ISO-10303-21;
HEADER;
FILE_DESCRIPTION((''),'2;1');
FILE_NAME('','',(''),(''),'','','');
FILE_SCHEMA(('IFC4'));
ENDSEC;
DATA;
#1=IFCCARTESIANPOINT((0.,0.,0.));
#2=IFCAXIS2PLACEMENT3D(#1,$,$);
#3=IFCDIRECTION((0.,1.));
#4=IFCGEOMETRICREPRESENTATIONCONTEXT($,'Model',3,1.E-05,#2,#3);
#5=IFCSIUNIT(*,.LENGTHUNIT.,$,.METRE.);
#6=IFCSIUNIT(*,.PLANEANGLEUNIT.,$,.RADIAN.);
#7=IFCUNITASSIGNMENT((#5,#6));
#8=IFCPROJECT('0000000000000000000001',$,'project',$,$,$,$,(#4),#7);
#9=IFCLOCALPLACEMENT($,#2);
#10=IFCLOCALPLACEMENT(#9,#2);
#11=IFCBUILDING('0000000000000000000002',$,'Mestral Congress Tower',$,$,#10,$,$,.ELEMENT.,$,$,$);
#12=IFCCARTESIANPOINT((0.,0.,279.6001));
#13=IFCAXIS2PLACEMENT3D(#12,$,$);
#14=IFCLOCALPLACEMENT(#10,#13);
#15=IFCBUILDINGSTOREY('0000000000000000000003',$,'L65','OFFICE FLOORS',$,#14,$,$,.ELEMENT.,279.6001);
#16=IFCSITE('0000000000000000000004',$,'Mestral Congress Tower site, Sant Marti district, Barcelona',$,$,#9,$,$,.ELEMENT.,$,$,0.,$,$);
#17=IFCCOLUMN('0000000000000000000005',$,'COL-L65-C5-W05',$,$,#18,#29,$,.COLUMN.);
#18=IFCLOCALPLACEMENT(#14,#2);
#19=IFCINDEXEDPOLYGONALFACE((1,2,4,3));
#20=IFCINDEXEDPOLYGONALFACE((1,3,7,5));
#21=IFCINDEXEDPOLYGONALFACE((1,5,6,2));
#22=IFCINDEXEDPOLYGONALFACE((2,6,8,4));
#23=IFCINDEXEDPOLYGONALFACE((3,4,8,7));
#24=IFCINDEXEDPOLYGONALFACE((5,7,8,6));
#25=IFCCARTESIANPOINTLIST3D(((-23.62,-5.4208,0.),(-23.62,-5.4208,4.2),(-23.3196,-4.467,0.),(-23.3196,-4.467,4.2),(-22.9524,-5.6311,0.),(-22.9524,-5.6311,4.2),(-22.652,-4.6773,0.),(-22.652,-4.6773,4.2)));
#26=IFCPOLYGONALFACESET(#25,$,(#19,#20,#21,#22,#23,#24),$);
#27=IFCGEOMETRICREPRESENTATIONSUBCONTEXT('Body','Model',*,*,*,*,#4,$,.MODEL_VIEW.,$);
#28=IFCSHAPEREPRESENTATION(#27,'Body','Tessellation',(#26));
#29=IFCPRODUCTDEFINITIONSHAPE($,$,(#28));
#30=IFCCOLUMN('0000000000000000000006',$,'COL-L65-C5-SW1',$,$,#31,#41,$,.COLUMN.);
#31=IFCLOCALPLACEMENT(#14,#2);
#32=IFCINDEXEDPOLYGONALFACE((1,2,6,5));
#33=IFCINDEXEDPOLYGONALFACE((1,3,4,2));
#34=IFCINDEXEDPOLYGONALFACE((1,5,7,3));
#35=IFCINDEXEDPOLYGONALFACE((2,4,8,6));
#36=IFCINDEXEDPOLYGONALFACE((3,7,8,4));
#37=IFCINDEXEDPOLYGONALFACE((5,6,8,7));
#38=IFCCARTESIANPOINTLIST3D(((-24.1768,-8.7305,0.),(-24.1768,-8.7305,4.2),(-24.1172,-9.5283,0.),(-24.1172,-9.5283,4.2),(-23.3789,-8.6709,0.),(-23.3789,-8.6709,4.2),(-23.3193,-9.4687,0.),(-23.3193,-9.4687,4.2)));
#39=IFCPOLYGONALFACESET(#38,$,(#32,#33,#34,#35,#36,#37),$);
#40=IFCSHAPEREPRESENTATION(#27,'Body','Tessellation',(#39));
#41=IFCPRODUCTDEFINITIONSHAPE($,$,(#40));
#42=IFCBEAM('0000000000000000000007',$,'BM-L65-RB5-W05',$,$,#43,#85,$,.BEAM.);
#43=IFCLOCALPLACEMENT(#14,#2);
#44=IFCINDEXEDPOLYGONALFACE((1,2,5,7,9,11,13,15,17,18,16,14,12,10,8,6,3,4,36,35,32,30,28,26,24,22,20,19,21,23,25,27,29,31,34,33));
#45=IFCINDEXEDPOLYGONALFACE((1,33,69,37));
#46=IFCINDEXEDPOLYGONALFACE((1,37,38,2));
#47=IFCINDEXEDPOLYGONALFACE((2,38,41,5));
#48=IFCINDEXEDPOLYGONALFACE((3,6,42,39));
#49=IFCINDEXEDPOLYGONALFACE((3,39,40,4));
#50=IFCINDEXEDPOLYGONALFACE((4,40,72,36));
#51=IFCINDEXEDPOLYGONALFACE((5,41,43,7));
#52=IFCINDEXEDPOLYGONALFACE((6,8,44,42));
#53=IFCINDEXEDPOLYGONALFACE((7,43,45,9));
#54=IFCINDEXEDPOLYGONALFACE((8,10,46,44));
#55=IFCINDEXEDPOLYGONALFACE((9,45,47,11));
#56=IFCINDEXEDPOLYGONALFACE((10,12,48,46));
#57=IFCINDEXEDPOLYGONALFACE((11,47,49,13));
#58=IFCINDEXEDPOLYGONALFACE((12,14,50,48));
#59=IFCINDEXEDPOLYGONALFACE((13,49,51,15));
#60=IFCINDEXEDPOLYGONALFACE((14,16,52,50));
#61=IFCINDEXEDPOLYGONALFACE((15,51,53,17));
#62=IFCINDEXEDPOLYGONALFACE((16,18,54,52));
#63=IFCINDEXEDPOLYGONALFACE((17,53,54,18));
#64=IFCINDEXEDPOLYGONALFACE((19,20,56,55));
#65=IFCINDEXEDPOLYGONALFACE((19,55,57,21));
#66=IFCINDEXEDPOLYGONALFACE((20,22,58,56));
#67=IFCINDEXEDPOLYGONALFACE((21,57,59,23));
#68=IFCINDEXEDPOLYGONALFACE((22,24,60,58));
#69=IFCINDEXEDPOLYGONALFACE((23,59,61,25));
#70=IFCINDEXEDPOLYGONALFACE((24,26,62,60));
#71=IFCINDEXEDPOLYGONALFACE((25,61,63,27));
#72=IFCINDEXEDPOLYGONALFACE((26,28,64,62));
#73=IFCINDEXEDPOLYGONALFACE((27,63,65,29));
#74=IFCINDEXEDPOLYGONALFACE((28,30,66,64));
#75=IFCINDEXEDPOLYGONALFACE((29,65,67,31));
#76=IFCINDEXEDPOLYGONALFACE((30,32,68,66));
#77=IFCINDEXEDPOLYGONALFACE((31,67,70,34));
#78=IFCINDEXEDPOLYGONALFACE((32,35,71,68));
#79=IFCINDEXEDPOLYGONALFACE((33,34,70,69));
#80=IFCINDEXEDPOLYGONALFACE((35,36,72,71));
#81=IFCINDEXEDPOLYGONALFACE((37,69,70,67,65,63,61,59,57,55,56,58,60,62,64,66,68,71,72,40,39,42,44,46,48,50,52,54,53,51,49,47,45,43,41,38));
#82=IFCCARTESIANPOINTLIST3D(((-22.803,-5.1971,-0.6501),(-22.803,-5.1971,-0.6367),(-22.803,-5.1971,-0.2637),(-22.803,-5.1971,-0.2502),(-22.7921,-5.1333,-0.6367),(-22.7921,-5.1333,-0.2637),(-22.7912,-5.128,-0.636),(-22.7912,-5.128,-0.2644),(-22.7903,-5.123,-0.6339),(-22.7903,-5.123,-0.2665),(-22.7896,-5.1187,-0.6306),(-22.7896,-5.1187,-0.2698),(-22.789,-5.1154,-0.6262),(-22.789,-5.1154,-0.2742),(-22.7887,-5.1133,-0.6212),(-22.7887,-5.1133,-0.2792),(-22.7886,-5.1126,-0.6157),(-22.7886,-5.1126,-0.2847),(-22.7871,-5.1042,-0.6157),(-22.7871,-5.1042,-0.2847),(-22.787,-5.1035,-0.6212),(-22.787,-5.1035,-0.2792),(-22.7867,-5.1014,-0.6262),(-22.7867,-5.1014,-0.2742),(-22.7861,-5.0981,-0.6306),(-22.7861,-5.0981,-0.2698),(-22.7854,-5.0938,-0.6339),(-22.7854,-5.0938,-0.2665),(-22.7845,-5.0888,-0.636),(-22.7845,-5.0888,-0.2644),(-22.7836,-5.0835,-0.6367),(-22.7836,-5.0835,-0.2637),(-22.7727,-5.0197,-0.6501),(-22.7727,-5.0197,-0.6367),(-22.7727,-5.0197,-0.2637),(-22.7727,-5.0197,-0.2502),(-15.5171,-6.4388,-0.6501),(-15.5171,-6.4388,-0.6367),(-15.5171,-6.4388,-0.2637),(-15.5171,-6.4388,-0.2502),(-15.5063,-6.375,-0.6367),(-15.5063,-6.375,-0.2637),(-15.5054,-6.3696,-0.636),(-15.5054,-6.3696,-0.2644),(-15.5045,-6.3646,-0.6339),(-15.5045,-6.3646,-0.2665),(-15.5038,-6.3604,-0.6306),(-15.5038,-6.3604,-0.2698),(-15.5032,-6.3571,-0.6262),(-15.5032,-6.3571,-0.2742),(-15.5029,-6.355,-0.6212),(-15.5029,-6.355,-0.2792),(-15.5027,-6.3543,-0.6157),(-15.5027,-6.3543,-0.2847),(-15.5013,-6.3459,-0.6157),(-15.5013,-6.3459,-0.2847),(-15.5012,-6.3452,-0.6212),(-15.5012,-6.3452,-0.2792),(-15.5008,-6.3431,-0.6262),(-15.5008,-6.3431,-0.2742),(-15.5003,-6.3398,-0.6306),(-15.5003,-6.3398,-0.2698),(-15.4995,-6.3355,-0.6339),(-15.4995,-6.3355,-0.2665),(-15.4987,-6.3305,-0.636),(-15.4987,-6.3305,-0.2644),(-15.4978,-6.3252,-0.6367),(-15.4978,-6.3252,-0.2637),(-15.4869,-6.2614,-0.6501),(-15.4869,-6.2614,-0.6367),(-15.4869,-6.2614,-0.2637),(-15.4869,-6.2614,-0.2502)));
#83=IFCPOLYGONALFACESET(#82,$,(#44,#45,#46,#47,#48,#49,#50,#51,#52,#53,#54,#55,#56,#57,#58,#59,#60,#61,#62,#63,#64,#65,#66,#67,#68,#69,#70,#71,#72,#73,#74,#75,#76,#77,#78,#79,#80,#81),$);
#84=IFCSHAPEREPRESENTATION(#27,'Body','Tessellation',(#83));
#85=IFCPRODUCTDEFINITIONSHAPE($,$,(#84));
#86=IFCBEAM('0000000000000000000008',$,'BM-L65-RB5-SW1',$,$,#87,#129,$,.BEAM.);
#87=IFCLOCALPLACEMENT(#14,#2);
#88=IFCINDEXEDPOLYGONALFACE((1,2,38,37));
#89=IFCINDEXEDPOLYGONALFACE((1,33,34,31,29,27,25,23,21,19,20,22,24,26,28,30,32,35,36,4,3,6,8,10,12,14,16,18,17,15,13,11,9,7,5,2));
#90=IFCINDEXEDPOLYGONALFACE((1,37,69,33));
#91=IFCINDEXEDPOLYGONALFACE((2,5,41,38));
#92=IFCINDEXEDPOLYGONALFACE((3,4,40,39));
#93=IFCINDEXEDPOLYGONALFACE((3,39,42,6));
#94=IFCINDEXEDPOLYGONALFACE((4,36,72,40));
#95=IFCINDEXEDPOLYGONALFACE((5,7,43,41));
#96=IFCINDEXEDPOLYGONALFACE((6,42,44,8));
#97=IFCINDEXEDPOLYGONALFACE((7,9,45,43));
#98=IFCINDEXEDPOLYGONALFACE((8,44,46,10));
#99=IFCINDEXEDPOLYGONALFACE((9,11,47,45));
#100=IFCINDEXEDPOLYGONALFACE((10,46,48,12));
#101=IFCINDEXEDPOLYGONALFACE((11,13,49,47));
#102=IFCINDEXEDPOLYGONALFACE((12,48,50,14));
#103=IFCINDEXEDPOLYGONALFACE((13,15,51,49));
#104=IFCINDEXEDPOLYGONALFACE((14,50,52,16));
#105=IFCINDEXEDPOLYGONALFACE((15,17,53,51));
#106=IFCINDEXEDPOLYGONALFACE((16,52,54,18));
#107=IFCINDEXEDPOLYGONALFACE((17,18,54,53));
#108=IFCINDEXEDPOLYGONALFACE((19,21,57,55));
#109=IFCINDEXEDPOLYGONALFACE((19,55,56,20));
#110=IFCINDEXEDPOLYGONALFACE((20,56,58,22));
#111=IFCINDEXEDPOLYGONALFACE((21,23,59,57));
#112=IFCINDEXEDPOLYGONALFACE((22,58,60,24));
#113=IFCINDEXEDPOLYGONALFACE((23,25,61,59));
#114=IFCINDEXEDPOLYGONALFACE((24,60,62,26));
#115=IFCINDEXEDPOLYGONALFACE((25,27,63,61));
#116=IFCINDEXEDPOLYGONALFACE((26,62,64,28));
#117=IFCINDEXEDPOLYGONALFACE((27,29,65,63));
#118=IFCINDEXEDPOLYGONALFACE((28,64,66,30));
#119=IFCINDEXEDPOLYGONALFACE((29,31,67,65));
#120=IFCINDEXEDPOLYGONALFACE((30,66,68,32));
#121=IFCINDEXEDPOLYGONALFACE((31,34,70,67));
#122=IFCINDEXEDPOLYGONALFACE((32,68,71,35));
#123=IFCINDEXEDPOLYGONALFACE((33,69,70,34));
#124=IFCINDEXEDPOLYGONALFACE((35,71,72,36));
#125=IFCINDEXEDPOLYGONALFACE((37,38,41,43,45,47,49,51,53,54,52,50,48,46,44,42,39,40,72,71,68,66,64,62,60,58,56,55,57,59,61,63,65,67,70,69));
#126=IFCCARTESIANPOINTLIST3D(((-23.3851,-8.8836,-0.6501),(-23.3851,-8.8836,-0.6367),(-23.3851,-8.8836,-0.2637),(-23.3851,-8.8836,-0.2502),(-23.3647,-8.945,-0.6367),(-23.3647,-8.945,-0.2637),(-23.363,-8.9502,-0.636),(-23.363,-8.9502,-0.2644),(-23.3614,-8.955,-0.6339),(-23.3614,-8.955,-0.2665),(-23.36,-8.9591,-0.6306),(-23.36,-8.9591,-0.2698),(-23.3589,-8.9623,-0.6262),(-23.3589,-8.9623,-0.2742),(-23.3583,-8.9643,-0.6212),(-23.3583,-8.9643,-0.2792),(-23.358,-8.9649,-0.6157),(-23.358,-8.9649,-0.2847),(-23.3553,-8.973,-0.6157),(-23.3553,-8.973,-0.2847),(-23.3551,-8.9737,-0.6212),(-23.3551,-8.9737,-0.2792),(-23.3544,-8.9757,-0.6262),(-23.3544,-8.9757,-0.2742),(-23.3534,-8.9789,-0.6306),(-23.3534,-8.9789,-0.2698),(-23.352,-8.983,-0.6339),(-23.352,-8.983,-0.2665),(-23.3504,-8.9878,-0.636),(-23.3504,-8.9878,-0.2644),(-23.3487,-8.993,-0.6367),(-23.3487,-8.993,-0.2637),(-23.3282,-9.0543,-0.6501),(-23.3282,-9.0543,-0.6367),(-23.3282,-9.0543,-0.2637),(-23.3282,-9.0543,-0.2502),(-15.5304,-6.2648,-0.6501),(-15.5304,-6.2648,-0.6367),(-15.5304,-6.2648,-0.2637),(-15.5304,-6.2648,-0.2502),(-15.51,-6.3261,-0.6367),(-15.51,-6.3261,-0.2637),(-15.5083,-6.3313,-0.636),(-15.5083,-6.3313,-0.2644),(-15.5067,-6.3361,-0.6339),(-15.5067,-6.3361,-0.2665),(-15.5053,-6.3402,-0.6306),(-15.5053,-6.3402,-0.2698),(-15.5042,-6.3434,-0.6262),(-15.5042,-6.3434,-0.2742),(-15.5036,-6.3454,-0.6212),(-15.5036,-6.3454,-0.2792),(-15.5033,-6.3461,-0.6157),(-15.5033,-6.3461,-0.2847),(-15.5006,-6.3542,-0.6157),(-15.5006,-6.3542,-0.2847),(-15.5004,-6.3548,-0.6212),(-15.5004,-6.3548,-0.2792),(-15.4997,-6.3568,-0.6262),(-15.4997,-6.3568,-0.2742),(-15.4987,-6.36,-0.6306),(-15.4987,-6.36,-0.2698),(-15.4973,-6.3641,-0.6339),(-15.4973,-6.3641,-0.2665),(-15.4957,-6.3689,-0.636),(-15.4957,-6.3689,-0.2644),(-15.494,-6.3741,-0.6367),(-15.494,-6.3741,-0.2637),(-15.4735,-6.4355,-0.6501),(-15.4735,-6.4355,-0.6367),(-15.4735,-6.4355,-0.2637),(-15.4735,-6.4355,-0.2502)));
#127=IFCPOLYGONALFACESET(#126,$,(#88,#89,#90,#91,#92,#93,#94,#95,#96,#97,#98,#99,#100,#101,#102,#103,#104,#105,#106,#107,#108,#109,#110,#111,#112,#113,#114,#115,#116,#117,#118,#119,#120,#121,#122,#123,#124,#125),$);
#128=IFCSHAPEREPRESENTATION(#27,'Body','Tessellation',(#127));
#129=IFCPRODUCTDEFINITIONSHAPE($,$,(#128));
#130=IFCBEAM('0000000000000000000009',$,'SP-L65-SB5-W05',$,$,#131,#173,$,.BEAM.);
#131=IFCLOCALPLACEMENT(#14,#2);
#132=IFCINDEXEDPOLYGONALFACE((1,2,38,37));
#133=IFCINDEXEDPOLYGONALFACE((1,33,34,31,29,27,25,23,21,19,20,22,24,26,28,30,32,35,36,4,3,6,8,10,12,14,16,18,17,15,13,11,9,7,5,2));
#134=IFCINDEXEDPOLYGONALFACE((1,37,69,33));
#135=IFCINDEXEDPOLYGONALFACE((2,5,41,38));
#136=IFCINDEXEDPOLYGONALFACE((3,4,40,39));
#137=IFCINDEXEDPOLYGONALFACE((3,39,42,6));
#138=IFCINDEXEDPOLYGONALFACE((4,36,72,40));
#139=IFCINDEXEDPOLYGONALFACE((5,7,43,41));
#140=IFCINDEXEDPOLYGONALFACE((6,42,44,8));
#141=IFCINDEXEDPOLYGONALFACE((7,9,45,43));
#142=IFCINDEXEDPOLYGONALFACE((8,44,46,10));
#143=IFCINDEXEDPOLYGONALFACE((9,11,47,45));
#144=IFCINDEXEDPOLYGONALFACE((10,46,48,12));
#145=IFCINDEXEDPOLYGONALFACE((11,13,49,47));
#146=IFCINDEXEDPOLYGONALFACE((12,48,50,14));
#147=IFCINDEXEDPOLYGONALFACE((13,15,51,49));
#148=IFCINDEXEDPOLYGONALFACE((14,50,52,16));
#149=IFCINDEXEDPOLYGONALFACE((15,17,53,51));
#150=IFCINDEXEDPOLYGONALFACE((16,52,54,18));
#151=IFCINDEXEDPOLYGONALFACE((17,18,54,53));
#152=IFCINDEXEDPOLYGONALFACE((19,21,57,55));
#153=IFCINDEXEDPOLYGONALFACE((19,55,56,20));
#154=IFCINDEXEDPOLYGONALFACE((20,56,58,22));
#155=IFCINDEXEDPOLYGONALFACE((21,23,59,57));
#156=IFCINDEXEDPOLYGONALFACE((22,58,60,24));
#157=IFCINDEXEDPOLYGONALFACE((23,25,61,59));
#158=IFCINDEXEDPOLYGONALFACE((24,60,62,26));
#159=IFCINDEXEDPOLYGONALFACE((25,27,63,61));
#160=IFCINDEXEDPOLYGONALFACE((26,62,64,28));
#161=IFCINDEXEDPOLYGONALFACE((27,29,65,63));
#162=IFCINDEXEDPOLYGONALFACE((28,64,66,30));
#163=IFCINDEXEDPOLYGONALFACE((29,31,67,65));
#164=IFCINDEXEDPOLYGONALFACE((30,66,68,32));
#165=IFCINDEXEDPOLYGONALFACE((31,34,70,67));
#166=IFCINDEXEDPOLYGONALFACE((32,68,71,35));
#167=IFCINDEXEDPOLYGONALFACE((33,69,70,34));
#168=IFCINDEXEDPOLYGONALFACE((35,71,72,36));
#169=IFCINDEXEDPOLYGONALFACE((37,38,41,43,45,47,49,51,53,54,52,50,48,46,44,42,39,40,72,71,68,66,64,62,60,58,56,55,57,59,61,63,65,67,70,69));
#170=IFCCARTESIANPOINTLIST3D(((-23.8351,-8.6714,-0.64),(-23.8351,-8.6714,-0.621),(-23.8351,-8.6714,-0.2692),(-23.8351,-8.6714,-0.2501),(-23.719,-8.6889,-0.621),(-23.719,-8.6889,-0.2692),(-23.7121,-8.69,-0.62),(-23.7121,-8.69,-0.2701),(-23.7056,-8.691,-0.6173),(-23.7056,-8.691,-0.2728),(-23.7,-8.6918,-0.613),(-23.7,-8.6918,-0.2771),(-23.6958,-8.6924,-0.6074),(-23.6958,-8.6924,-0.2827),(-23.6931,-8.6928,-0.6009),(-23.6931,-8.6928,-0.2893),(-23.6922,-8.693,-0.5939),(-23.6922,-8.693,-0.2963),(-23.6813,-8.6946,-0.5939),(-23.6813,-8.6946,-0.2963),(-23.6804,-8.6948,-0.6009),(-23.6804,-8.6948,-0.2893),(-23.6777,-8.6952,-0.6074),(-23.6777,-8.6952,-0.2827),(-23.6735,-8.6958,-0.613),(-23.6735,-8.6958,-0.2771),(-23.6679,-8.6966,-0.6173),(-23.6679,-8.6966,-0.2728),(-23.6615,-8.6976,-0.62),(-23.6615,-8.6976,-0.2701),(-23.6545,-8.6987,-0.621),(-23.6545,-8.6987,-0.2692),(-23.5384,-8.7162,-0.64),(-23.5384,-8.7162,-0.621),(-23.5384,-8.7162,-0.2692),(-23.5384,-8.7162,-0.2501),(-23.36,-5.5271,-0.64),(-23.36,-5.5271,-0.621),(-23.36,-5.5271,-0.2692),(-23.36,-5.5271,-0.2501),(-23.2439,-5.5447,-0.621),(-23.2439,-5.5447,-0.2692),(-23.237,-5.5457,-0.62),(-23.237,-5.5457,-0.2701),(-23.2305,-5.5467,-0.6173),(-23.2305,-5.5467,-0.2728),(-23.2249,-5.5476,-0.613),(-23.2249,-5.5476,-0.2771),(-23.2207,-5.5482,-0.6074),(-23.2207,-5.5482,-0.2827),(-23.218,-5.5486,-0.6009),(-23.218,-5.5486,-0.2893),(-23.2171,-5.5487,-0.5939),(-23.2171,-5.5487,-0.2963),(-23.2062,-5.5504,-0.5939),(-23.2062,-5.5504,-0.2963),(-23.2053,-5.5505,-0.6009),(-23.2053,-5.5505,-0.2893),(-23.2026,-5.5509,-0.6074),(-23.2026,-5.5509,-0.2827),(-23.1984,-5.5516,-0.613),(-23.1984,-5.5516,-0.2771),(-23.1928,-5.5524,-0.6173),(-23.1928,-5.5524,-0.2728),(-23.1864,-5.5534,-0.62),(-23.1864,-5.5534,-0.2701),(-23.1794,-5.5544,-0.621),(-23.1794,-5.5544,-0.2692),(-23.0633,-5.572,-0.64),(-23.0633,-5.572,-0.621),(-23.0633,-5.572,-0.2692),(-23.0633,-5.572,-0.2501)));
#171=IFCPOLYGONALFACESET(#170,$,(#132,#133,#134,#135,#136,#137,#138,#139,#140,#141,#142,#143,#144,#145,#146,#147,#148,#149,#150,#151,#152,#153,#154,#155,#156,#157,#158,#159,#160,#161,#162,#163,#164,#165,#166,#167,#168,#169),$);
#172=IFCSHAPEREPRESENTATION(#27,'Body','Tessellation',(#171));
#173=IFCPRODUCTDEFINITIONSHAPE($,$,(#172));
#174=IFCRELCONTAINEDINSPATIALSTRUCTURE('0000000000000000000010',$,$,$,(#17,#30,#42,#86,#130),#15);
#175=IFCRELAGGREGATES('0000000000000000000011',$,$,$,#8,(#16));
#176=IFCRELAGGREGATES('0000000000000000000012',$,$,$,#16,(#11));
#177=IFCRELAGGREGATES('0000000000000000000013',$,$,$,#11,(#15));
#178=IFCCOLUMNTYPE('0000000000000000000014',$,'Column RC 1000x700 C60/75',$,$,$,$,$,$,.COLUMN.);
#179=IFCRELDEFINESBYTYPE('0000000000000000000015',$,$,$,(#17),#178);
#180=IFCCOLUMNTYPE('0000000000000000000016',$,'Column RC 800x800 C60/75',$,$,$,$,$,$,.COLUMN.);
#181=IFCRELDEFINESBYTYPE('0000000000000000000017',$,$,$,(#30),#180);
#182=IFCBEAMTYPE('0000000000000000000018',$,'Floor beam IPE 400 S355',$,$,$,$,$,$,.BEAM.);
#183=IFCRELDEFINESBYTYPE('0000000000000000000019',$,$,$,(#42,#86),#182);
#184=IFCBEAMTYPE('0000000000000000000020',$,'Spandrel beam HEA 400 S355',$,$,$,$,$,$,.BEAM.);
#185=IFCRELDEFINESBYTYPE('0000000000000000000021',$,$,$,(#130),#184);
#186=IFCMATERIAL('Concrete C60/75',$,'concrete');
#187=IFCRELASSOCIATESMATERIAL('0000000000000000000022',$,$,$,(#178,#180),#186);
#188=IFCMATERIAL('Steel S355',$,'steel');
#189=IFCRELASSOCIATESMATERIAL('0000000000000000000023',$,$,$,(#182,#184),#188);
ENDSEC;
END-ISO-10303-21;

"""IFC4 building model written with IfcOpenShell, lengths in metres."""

from ifc_helpers import new_model, si_unit, direction, frame, origin, origin_2d, place, context, subcontext, project, spatial, rectangle, i_section, extrude, material, material_profile, profile_set, type_object, element, save


model = new_model("IFC4")

# Units and contexts
model_context = context("Model", 3, precision=1e-05, world=origin(), true_north=direction((0.0, 1.0)))
body_context = subcontext(model_context, "Body", "Model", "MODEL_VIEW")
ifc_project = project(units=[si_unit("LENGTHUNIT", "METRE"), si_unit("PLANEANGLEUNIT", "RADIAN")], contexts=[model_context])

# Site, building, storey
site_placement = place(None, origin())
site = spatial("IfcSite", under=ifc_project, at=site_placement, Name="Mestral Congress Tower site, Sant Marti district, Barcelona", CompositionType="ELEMENT", RefElevation=0.0)
building_placement = place(site_placement, origin())
building = spatial("IfcBuilding", under=site, at=building_placement, Name="Mestral Congress Tower", CompositionType="ELEMENT")
storey_placement = place(building_placement, frame((0.0, 0.0, 279.6001)))
storey = spatial("IfcBuildingStorey", under=building, at=storey_placement, Name="L65", Description="OFFICE FLOORS", CompositionType="ELEMENT", Elevation=279.6001)

# Columns
ifc_material_1 = material(Name="Concrete C60/75", Category="concrete")
ifc_material_profile_1 = material_profile(ifc_material_1, rectangle(XDim=1.0, YDim=0.7, at=origin_2d()), Name="RC 1000x700")
ifc_profile_set_1 = profile_set([ifc_material_profile_1], Name="Concrete C60/75")
column_type_1 = type_object("IfcColumnType", Name="Column RC 1000x700 C60/75", PredefinedType="COLUMN", material=ifc_profile_set_1)
column_1_placement = place(storey_placement, frame((-23.136, -5.0491, 0.0), z_axis=(0.0, 0.0, 1.0), x_axis=(-0.300431, -0.953804, 0.0)))
element("IfcColumn", 1, at=column_1_placement, inside=storey, type_object=column_type_1, Name="COL-L65-C5-W05", PredefinedType="COLUMN", context=body_context, shape_type="SweptSolid", body=[
    extrude(rectangle(XDim=1.0, YDim=0.7, at=origin_2d()), origin(), (0.0, 0.0, 1.0), 4.2),
])
ifc_material_profile_2 = material_profile(ifc_material_1, rectangle(XDim=0.8, YDim=0.8, at=origin_2d()), Name="RC 800x800")
ifc_profile_set_2 = profile_set([ifc_material_profile_2], Name="Concrete C60/75")
column_type_2 = type_object("IfcColumnType", Name="Column RC 800x800 C60/75", PredefinedType="COLUMN", material=ifc_profile_set_2)
column_2_placement = place(storey_placement, frame((-23.748, -9.0996, 0.0), z_axis=(0.0, 0.0, 1.0), x_axis=(0.074511, -0.99722, 0.0)))
element("IfcColumn", 2, at=column_2_placement, inside=storey, type_object=column_type_2, Name="COL-L65-C5-SW1", PredefinedType="COLUMN", context=body_context, shape_type="SweptSolid", body=[
    extrude(rectangle(XDim=0.8, YDim=0.8, at=origin_2d()), origin(), (0.0, 0.0, 1.0), 4.2),
])

# Beams
ifc_material_2 = material(Name="Steel S355", Category="steel")
ifc_material_profile_3 = material_profile(ifc_material_2, i_section(OverallWidth=0.1799, OverallDepth=0.3999, WebThickness=0.0085, FlangeThickness=0.0134, FilletRadius=0.021, at=origin_2d()), Name="IPE 400")
ifc_profile_set_3 = profile_set([ifc_material_profile_3], Name="Steel S355")
beam_type_1 = type_object("IfcBeamType", Name="Floor beam IPE 400 S355", PredefinedType="BEAM", material=ifc_profile_set_3)
beam_1_placement = place(storey_placement, frame((-22.7878, -5.1084, -0.4502), z_axis=(0.985787, -0.168003, 0.0), x_axis=(0.168003, 0.985787, 0.0)))
element("IfcBeam", 3, at=beam_1_placement, inside=storey, type_object=beam_type_1, Name="BM-L65-RB5-W05", PredefinedType="BEAM", context=body_context, shape_type="SweptSolid", body=[
    extrude(i_section(OverallWidth=0.1799, OverallDepth=0.3999, WebThickness=0.0085, FlangeThickness=0.0134, FilletRadius=0.021, at=origin_2d()), origin(), (0.0, 0.0, 1.0), 7.3909),
])
beam_2_placement = place(storey_placement, frame((-23.3567, -8.969, -0.4502), z_axis=(0.94866, 0.316299, 0.0), x_axis=(-0.316299, 0.94866, 0.0)))
element("IfcBeam", 4, at=beam_2_placement, inside=storey, type_object=beam_type_1, Name="BM-L65-RB5-SW1", PredefinedType="BEAM", context=body_context, shape_type="SweptSolid", body=[
    extrude(i_section(OverallWidth=0.1799, OverallDepth=0.3999, WebThickness=0.0085, FlangeThickness=0.0134, FilletRadius=0.021, at=origin_2d()), origin(), (0.0, 0.0, 1.0), 8.2798),
])
ifc_material_profile_4 = material_profile(ifc_material_2, i_section(OverallWidth=0.3, OverallDepth=0.3899, WebThickness=0.011, FlangeThickness=0.019, FilletRadius=0.0271, at=origin_2d()), Name="HEA 400")
ifc_profile_set_4 = profile_set([ifc_material_profile_4], Name="Steel S355")
beam_type_2 = type_object("IfcBeamType", Name="Spandrel beam HEA 400 S355", PredefinedType="BEAM", material=ifc_profile_set_4)
beam_3_placement = place(storey_placement, frame((-23.2117, -5.5496, -0.4451), z_axis=(-0.149403, -0.988776, 0.0), x_axis=(0.988776, -0.149403, 0.0)))
element("IfcBeam", 5, at=beam_3_placement, inside=storey, type_object=beam_type_2, Name="SP-L65-SB5-W05", PredefinedType="BEAM", context=body_context, shape_type="SweptSolid", body=[
    extrude(i_section(OverallWidth=0.3, OverallDepth=0.3899, WebThickness=0.011, FlangeThickness=0.019, FilletRadius=0.0271, at=origin_2d()), origin(), (0.0, 0.0, 1.0), 3.1799),
])

save(model, "model.ifc")
